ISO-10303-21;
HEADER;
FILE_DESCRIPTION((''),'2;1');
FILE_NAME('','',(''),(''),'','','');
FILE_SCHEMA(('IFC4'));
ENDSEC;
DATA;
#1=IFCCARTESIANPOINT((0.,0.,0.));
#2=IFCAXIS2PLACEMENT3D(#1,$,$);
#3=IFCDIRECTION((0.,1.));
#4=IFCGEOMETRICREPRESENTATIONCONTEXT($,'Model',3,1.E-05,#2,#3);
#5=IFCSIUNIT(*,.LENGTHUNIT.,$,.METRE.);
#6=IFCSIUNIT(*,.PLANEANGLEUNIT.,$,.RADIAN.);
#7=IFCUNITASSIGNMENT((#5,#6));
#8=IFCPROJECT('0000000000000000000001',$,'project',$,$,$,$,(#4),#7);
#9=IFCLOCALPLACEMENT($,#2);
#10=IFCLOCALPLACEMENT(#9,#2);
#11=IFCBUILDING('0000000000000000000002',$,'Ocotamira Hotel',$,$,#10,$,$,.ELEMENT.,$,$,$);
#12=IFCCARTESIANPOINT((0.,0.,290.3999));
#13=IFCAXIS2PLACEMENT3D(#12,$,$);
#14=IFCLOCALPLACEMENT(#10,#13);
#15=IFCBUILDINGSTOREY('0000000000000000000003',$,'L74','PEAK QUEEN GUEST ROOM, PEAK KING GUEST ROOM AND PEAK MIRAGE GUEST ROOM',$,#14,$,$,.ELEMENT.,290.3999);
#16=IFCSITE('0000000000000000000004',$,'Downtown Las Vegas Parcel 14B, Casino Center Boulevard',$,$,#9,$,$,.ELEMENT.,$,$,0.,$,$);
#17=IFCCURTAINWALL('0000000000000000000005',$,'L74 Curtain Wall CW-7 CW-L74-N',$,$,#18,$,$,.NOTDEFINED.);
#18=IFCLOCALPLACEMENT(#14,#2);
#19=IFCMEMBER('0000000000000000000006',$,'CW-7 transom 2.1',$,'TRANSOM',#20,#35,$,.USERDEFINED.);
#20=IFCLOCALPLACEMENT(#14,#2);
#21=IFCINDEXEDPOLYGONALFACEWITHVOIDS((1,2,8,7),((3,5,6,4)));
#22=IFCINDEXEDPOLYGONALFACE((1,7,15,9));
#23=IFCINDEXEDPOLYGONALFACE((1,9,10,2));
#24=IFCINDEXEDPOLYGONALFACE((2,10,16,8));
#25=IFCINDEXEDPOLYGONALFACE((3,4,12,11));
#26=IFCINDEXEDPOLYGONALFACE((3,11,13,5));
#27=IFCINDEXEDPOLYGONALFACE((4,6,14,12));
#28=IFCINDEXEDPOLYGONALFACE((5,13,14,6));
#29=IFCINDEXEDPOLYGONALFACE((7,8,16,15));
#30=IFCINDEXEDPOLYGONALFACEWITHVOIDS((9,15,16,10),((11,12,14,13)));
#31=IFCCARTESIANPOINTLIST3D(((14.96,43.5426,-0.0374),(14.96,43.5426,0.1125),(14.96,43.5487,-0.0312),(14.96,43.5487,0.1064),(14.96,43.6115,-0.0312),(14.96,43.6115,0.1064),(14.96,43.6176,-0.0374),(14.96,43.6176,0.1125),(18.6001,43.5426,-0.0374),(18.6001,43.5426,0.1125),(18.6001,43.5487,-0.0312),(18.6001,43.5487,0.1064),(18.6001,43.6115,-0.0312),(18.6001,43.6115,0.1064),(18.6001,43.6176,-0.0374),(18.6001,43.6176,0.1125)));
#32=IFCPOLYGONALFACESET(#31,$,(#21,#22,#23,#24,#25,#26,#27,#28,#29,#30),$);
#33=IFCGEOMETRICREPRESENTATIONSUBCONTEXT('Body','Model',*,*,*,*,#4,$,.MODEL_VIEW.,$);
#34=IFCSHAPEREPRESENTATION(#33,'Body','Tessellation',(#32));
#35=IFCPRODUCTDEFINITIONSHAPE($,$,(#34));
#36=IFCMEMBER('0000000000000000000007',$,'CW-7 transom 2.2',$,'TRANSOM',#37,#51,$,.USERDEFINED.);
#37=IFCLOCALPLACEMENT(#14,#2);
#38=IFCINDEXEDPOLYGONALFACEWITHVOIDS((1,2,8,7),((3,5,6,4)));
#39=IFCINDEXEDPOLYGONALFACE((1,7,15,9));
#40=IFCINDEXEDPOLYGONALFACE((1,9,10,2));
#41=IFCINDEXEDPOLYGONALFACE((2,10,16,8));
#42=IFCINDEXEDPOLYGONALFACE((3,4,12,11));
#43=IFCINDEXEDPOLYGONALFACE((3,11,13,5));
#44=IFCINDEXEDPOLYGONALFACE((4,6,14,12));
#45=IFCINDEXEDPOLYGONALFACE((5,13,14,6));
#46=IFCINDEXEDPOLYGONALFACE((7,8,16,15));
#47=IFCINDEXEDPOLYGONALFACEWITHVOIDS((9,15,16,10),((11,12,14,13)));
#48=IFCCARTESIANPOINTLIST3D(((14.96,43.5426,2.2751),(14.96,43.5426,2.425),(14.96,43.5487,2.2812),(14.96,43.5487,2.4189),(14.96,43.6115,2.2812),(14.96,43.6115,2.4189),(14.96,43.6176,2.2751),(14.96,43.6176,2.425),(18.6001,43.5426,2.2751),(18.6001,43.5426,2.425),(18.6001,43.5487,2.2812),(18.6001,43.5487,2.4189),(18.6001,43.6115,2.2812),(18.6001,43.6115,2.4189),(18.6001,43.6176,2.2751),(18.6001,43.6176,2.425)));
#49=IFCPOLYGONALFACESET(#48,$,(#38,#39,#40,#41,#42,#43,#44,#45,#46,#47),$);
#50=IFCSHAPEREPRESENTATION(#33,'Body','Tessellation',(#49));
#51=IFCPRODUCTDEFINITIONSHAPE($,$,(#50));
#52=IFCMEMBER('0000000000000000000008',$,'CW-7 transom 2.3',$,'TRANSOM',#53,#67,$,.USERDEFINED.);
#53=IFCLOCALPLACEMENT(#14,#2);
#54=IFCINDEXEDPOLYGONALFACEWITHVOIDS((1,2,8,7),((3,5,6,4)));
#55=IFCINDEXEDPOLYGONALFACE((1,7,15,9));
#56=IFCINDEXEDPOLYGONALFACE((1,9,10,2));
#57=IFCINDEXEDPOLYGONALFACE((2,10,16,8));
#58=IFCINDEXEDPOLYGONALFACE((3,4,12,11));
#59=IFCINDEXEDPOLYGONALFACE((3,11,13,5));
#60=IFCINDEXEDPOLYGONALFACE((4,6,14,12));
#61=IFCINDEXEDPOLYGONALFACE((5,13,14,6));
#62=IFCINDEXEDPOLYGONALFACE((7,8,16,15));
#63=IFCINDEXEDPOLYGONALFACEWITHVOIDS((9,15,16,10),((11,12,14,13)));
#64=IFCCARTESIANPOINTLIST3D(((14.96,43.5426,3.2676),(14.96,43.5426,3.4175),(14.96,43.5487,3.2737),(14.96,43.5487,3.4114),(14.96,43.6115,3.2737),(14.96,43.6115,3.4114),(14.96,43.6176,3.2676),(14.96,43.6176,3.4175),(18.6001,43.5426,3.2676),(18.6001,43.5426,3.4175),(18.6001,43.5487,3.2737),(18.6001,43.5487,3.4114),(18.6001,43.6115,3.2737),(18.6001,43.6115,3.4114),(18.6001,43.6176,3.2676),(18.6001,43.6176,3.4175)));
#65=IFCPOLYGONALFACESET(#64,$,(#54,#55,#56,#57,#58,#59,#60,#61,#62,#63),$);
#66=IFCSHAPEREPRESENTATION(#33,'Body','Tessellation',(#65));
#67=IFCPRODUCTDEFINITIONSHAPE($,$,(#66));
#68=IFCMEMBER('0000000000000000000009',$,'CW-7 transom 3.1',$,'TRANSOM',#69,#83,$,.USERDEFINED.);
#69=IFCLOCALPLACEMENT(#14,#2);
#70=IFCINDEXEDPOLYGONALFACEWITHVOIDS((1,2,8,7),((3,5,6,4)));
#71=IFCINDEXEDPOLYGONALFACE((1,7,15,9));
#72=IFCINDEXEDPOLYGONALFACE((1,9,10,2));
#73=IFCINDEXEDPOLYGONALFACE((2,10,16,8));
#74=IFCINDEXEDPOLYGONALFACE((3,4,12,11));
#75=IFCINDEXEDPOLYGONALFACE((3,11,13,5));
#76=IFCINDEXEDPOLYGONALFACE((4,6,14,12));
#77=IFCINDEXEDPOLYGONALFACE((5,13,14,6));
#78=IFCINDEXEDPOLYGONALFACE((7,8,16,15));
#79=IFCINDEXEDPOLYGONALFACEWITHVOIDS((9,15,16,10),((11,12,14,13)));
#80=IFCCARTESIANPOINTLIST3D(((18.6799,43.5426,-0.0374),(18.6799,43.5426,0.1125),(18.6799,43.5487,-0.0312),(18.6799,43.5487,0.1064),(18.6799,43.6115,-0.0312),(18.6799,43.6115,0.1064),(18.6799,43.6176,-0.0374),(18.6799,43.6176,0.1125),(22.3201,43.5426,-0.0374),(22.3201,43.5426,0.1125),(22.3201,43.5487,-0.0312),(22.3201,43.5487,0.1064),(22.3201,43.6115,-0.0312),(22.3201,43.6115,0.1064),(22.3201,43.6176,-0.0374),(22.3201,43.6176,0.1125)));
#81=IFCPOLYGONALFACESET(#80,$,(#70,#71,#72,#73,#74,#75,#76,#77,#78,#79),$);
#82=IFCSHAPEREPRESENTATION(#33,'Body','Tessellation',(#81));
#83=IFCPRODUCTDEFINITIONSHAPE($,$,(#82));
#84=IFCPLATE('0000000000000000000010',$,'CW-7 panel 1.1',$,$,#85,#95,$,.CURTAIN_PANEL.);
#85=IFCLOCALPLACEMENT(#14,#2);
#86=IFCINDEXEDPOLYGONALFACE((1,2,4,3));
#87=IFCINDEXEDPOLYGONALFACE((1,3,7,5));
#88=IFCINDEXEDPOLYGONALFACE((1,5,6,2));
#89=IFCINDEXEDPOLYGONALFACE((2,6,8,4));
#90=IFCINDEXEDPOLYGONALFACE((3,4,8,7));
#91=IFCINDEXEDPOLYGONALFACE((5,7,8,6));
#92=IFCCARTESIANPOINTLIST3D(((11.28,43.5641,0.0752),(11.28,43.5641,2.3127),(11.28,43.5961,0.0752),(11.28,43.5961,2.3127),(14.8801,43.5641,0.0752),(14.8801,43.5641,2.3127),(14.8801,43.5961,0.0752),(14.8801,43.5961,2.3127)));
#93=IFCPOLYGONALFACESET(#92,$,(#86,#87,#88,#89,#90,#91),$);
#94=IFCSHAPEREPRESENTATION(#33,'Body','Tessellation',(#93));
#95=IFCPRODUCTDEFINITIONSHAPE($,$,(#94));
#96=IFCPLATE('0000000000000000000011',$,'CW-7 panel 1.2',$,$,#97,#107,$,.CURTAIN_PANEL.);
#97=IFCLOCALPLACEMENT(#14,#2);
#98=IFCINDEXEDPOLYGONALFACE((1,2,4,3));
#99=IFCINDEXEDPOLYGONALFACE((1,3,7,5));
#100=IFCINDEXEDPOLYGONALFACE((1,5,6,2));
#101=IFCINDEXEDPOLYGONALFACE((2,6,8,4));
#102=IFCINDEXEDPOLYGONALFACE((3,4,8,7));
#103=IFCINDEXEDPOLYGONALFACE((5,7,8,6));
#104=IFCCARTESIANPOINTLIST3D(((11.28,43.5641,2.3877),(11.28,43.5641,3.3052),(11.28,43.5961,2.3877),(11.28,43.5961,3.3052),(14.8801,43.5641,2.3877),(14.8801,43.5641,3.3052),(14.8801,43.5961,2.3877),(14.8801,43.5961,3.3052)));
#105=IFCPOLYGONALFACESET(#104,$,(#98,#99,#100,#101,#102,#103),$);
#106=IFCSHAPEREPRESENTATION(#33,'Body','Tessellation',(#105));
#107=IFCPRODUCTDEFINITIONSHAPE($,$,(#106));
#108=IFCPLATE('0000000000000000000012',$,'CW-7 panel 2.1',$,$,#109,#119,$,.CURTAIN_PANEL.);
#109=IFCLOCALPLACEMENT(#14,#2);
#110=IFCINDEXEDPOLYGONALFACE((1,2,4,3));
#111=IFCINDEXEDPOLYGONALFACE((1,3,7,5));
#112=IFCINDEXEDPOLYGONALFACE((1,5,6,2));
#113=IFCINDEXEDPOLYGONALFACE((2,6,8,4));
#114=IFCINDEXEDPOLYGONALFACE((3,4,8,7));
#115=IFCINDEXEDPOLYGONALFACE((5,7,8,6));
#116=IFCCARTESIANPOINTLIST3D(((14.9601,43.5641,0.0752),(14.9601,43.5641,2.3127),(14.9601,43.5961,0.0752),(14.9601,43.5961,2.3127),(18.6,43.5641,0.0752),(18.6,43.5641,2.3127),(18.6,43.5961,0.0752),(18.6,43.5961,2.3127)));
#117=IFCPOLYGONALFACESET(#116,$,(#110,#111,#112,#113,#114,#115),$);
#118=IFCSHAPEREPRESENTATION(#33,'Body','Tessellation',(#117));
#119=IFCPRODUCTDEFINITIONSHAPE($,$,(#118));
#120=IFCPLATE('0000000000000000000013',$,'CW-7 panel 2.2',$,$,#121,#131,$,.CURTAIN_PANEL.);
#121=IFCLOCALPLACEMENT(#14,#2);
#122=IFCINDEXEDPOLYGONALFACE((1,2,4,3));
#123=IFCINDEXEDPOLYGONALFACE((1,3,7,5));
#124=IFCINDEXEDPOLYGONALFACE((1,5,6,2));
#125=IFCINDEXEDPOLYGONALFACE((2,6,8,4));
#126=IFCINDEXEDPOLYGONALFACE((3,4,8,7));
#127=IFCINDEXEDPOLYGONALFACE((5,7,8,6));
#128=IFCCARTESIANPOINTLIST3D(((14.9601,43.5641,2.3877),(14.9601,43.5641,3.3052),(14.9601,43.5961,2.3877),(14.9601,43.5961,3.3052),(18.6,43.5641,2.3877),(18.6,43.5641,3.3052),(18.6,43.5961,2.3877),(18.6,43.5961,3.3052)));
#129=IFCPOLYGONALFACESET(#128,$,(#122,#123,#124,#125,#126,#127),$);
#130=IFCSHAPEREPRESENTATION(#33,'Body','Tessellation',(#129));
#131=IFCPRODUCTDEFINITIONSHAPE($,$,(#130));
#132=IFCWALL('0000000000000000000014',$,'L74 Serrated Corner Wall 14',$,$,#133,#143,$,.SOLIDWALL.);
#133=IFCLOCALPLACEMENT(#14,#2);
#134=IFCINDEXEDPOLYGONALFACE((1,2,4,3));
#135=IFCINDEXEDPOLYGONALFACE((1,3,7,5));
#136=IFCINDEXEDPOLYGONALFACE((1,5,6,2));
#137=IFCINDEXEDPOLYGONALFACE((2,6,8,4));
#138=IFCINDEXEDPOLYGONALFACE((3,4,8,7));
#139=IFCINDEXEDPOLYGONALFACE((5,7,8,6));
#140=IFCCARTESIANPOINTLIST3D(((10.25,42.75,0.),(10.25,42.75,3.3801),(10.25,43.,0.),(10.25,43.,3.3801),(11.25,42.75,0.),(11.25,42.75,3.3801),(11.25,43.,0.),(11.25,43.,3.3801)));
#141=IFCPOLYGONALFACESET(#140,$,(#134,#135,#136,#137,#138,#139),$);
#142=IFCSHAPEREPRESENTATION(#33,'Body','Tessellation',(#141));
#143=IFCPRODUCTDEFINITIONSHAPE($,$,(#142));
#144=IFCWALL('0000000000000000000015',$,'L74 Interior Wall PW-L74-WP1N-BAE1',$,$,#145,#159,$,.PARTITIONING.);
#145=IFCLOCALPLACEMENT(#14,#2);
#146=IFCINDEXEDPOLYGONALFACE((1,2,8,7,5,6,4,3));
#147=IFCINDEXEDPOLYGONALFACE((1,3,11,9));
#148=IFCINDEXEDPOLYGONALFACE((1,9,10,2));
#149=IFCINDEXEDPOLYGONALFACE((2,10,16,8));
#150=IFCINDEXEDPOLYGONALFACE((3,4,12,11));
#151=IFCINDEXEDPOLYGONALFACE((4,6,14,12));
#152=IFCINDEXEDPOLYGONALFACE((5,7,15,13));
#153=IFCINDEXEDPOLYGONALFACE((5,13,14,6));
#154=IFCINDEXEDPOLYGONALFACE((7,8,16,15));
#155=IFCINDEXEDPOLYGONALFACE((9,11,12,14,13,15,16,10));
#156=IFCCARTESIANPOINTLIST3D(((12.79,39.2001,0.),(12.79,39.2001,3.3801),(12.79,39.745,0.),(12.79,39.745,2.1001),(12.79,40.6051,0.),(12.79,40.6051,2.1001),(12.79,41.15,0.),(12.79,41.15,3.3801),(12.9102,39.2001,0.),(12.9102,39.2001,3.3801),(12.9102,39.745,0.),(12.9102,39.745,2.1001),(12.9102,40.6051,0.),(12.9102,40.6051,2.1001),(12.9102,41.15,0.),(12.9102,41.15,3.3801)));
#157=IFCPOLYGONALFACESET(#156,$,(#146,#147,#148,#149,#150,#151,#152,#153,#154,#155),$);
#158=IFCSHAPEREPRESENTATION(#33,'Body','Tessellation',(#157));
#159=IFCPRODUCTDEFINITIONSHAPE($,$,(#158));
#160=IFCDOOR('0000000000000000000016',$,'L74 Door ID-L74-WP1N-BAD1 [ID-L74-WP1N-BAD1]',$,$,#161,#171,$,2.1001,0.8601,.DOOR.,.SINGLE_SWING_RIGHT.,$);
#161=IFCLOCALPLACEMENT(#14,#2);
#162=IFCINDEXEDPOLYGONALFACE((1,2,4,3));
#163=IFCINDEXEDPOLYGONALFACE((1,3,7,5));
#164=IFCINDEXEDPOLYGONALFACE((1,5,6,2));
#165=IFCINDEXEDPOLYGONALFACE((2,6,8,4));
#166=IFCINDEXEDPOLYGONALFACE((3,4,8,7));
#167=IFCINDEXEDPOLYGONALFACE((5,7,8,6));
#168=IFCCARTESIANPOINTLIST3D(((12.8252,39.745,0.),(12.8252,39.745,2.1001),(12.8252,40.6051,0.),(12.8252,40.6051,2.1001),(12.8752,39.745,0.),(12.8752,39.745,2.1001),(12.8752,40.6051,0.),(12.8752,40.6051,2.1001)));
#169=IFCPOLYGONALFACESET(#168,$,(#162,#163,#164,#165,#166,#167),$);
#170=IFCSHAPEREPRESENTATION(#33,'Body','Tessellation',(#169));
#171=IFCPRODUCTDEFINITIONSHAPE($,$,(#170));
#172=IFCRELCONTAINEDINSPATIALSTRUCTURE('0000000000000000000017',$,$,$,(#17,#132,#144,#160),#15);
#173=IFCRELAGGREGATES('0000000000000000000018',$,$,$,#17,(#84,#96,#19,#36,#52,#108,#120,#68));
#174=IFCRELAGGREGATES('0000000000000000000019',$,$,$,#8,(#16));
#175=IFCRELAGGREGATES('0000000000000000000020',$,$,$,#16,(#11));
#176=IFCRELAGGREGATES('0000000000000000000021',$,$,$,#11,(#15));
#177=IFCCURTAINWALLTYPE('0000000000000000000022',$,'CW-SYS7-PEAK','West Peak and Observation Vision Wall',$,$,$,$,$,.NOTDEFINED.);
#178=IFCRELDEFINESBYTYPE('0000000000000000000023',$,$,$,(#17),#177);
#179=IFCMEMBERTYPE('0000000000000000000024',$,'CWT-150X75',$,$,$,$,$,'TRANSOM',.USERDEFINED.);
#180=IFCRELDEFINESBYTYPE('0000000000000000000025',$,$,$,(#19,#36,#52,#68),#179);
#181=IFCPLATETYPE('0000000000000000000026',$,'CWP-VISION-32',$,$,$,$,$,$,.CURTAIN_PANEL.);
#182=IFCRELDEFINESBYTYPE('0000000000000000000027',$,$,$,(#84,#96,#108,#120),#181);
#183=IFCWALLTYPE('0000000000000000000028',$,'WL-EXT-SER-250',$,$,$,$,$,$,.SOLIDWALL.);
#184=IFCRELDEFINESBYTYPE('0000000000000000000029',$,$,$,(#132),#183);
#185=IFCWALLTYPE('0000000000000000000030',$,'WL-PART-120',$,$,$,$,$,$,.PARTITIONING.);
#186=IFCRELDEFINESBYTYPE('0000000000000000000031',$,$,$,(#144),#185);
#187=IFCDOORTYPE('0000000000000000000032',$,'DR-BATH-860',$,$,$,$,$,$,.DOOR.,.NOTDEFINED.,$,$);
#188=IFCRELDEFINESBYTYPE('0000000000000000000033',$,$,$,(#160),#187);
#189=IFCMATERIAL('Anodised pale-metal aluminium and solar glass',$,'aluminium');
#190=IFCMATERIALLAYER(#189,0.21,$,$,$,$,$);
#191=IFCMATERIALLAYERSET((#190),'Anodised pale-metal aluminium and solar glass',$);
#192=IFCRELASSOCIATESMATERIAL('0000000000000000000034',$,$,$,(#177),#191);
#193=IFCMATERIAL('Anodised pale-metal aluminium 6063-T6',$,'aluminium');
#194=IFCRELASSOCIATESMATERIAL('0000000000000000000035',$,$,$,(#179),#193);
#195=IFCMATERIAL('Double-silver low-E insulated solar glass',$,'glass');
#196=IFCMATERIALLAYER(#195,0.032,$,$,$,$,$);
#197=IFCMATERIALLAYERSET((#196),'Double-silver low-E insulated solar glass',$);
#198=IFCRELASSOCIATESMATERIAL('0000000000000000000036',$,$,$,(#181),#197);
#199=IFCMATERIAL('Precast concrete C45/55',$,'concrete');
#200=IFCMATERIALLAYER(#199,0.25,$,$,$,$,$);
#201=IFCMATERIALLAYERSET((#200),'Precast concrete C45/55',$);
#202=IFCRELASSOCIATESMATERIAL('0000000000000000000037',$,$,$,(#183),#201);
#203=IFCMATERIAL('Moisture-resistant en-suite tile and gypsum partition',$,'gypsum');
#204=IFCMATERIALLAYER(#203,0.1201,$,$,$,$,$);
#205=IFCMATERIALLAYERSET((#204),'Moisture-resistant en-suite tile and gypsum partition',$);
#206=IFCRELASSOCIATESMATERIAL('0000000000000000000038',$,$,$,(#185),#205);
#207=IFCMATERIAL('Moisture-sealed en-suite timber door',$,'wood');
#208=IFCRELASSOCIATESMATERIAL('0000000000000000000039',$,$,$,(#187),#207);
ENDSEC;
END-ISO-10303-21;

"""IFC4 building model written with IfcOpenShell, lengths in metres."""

from ifc_helpers import new_model, si_unit, direction, frame, frame_2d, origin, origin_2d, place, context, subcontext, project, spatial, rectangle, hollow_rectangle, extrude, source, transform, mapped, material, layer, layer_set, material_profile, profile_set, type_object, element, fill, aggregate, save


model = new_model("IFC4")

# Units and contexts
model_context = context("Model", 3, precision=1e-05, world=origin(), true_north=direction((0.0, 1.0)))
body_context = subcontext(model_context, "Body", "Model", "MODEL_VIEW")
ifc_project = project(units=[si_unit("LENGTHUNIT", "METRE"), si_unit("PLANEANGLEUNIT", "RADIAN")], contexts=[model_context])

# Site, building, storey
site_placement = place(None, origin())
site = spatial("IfcSite", under=ifc_project, at=site_placement, Name="Downtown Las Vegas Parcel 14B, Casino Center Boulevard", CompositionType="ELEMENT", RefElevation=0.0)
building_placement = place(site_placement, origin())
building = spatial("IfcBuilding", under=site, at=building_placement, Name="Ocotamira Hotel", CompositionType="ELEMENT")
storey_placement = place(building_placement, frame((0.0, 0.0, 290.3999)))
storey = spatial("IfcBuildingStorey", under=building, at=storey_placement, Name="L74", Description="PEAK QUEEN GUEST ROOM, PEAK KING GUEST ROOM AND PEAK MIRAGE GUEST ROOM", CompositionType="ELEMENT", Elevation=290.3999)

# Curtain wall, members, plates
ifc_material_1 = material(Name="Anodised pale-metal aluminium and solar glass", Category="aluminium")
ifc_layer_1 = layer(ifc_material_1, 0.21)
ifc_layer_set_1 = layer_set([ifc_layer_1], Name="Anodised pale-metal aluminium and solar glass")
curtain_wall_type = type_object("IfcCurtainWallType", Name="CW-SYS7-PEAK", Description="West Peak and Observation Vision Wall", PredefinedType="NOTDEFINED", material=ifc_layer_set_1)
curtain_wall_placement = place(storey_placement, origin())
curtain_wall = element("IfcCurtainWall", 1, at=curtain_wall_placement, inside=storey, type_object=curtain_wall_type, Name="L74 Curtain Wall CW-7 CW-L74-N", PredefinedType="NOTDEFINED")
ifc_material_2 = material(Name="Anodised pale-metal aluminium 6063-T6", Category="aluminium")
ifc_material_profile_1 = material_profile(ifc_material_2, hollow_rectangle(XDim=0.075, YDim=0.1499, WallThickness=0.0061, at=origin_2d()), Name="HSS150X75X6")
ifc_profile_set_1 = profile_set([ifc_material_profile_1], Name="Anodised pale-metal aluminium 6063-T6")
member_type_1 = type_object("IfcMemberType", Name="CWT-150X75", ElementType="TRANSOM", PredefinedType="USERDEFINED", material=ifc_profile_set_1)
shared_shape_1 = source(origin(), body_context, "Body", "SweptSolid", [
    extrude(hollow_rectangle(XDim=0.075, YDim=0.1499, WallThickness=0.0061, at=origin_2d()), origin(), (0.0, 0.0, 1.0), 3.6401),
])
member_1_placement = place(storey_placement, frame((14.96, 43.5801, 0.0376), z_axis=(1.0, 0.0, 0.0), x_axis=(0.0, 1.0, 0.0)))
member_1 = element("IfcMember", 2, at=member_1_placement, type_object=member_type_1, Name="CW-7 transom 2.1", ObjectType="TRANSOM", PredefinedType="USERDEFINED", context=body_context, shape_type="MappedRepresentation", body=[
    mapped(shared_shape_1, transform((0.0, 0.0, 0.0), scale=1.0)),
])
member_2_placement = place(storey_placement, frame((14.96, 43.5801, 2.3501), z_axis=(1.0, 0.0, 0.0), x_axis=(0.0, 1.0, 0.0)))
member_2 = element("IfcMember", 3, at=member_2_placement, type_object=member_type_1, Name="CW-7 transom 2.2", ObjectType="TRANSOM", PredefinedType="USERDEFINED", context=body_context, shape_type="MappedRepresentation", body=[
    mapped(shared_shape_1, transform((0.0, 0.0, 0.0), scale=1.0)),
])
member_3_placement = place(storey_placement, frame((14.96, 43.5801, 3.3425), z_axis=(1.0, 0.0, 0.0), x_axis=(0.0, 1.0, 0.0)))
member_3 = element("IfcMember", 4, at=member_3_placement, type_object=member_type_1, Name="CW-7 transom 2.3", ObjectType="TRANSOM", PredefinedType="USERDEFINED", context=body_context, shape_type="MappedRepresentation", body=[
    mapped(shared_shape_1, transform((0.0, 0.0, 0.0), scale=1.0)),
])
member_4_placement = place(storey_placement, frame((18.6799, 43.5801, 0.0376), z_axis=(1.0, 0.0, 0.0), x_axis=(0.0, 1.0, 0.0)))
member_4 = element("IfcMember", 5, at=member_4_placement, type_object=member_type_1, Name="CW-7 transom 3.1", ObjectType="TRANSOM", PredefinedType="USERDEFINED", context=body_context, shape_type="MappedRepresentation", body=[
    mapped(shared_shape_1, transform((0.0, 0.0, 0.0), scale=1.0)),
])
ifc_material_3 = material(Name="Double-silver low-E insulated solar glass", Category="glass")
ifc_layer_2 = layer(ifc_material_3, 0.032)
ifc_layer_set_2 = layer_set([ifc_layer_2], Name="Double-silver low-E insulated solar glass")
plate_type = type_object("IfcPlateType", Name="CWP-VISION-32", PredefinedType="CURTAIN_PANEL", material=ifc_layer_set_2)
shared_shape_2 = source(origin(), body_context, "Body", "SweptSolid", [
    extrude(rectangle(XDim=3.6001, YDim=0.032, at=origin_2d()), origin(), (0.0, 0.0, 1.0), 2.2375),
])
plate_1_placement = place(storey_placement, frame((13.0801, 43.5801, 0.0752), z_axis=(0.0, 0.0, 1.0), x_axis=(1.0, 0.0, 0.0)))
plate_1 = element("IfcPlate", 6, at=plate_1_placement, type_object=plate_type, Name="CW-7 panel 1.1", PredefinedType="CURTAIN_PANEL", context=body_context, shape_type="MappedRepresentation", body=[
    mapped(shared_shape_2, transform((0.0, 0.0, 0.0), scale=1.0)),
])
shared_shape_3 = source(origin(), body_context, "Body", "SweptSolid", [
    extrude(rectangle(XDim=3.6001, YDim=0.032, at=origin_2d()), origin(), (0.0, 0.0, 1.0), 0.9175),
])
plate_2_placement = place(storey_placement, frame((13.0801, 43.5801, 2.3877), z_axis=(0.0, 0.0, 1.0), x_axis=(1.0, 0.0, 0.0)))
plate_2 = element("IfcPlate", 7, at=plate_2_placement, type_object=plate_type, Name="CW-7 panel 1.2", PredefinedType="CURTAIN_PANEL", context=body_context, shape_type="MappedRepresentation", body=[
    mapped(shared_shape_3, transform((0.0, 0.0, 0.0), scale=1.0)),
])
shared_shape_4 = source(origin(), body_context, "Body", "SweptSolid", [
    extrude(rectangle(XDim=3.6399, YDim=0.032, at=origin_2d()), origin(), (0.0, 0.0, 1.0), 2.2375),
])
plate_3_placement = place(storey_placement, frame((16.78, 43.5801, 0.0752), z_axis=(0.0, 0.0, 1.0), x_axis=(1.0, 0.0, 0.0)))
plate_3 = element("IfcPlate", 8, at=plate_3_placement, type_object=plate_type, Name="CW-7 panel 2.1", PredefinedType="CURTAIN_PANEL", context=body_context, shape_type="MappedRepresentation", body=[
    mapped(shared_shape_4, transform((0.0, 0.0, 0.0), scale=1.0)),
])
shared_shape_5 = source(origin(), body_context, "Body", "SweptSolid", [
    extrude(rectangle(XDim=3.6399, YDim=0.032, at=origin_2d()), origin(), (0.0, 0.0, 1.0), 0.9175),
])
plate_4_placement = place(storey_placement, frame((16.78, 43.5801, 2.3877), z_axis=(0.0, 0.0, 1.0), x_axis=(1.0, 0.0, 0.0)))
plate_4 = element("IfcPlate", 9, at=plate_4_placement, type_object=plate_type, Name="CW-7 panel 2.2", PredefinedType="CURTAIN_PANEL", context=body_context, shape_type="MappedRepresentation", body=[
    mapped(shared_shape_5, transform((0.0, 0.0, 0.0), scale=1.0)),
])
aggregate(curtain_wall, [plate_1, plate_2, member_1, member_2, member_3, plate_3, plate_4, member_4])

# Wall
ifc_material_4 = material(Name="Precast concrete C45/55", Category="concrete")
ifc_layer_3 = layer(ifc_material_4, 0.25)
ifc_layer_set_3 = layer_set([ifc_layer_3], Name="Precast concrete C45/55")
wall_type_1 = type_object("IfcWallType", Name="WL-EXT-SER-250", PredefinedType="SOLIDWALL", material=ifc_layer_set_3)
wall_1_placement = place(storey_placement, frame((11.25, 42.875, 0.0), z_axis=(0.0, 0.0, 1.0), x_axis=(-1.0, 0.0, 0.0)))
element("IfcWall", 10, at=wall_1_placement, inside=storey, type_object=wall_type_1, Name="L74 Serrated Corner Wall 14", PredefinedType="SOLIDWALL", context=body_context, shape_type="SweptSolid", body=[
    extrude(rectangle(XDim=1.0, YDim=0.25, at=frame_2d((0.5, 0.0))), origin(), (0.0, 0.0, 1.0), 3.3801),
])

# Wall, opening, door
ifc_material_5 = material(Name="Moisture-resistant en-suite tile and gypsum partition", Category="gypsum")
ifc_layer_4 = layer(ifc_material_5, 0.1201)
ifc_layer_set_4 = layer_set([ifc_layer_4], Name="Moisture-resistant en-suite tile and gypsum partition")
wall_type_2 = type_object("IfcWallType", Name="WL-PART-120", PredefinedType="PARTITIONING", material=ifc_layer_set_4)
wall_2_placement = place(storey_placement, frame((12.8501, 39.2, 0.0), z_axis=(0.0, 0.0, 1.0), x_axis=(0.0, 1.0, 0.0)))
wall_2 = element("IfcWall", 11, at=wall_2_placement, inside=storey, type_object=wall_type_2, Name="L74 Interior Wall PW-L74-WP1N-BAE1", PredefinedType="PARTITIONING", context=body_context, shape_type="SweptSolid", body=[
    extrude(rectangle(XDim=1.95, YDim=0.1201, at=frame_2d((0.9751, 0.0))), origin(), (0.0, 0.0, 1.0), 3.3801),
])
opening_placement = place(wall_2_placement, frame((0.5449, 0.0, 0.0)))
opening = element("IfcOpeningElement", 12, at=opening_placement, cuts=wall_2, PredefinedType="OPENING", context=body_context, shape_type="SweptSolid", body=[
    extrude(rectangle(XDim=0.8601, YDim=2.1001, at=frame_2d((0.4302, 1.05))), frame((0.0, 0.0701, 0.0), z_axis=(0.0, -1.0, 0.0), x_axis=(1.0, 0.0, 0.0)), (0.0, 0.0, 1.0), 0.1401),
])
ifc_material_6 = material(Name="Moisture-sealed en-suite timber door", Category="wood")
door_type = type_object("IfcDoorType", Name="DR-BATH-860", OperationType="NOTDEFINED", PredefinedType="DOOR", material=ifc_material_6)
shared_shape_6 = source(origin(), body_context, "Body", "SweptSolid", [
    extrude(rectangle(XDim=0.8601, YDim=2.1001, at=frame_2d((0.4302, 1.05))), frame((0.0, 0.0249, 0.0), z_axis=(0.0, -1.0, 0.0), x_axis=(1.0, 0.0, 0.0)), (0.0, 0.0, 1.0), 0.05),
])
door_placement = place(opening_placement, origin())
door = element("IfcDoor", 13, at=door_placement, inside=storey, type_object=door_type, Name="L74 Door ID-L74-WP1N-BAD1 [ID-L74-WP1N-BAD1]", OperationType="SINGLE_SWING_RIGHT", OverallHeight=2.1001, OverallWidth=0.8601, PredefinedType="DOOR", context=body_context, shape_type="MappedRepresentation", body=[
    mapped(shared_shape_6, transform((0.0, 0.0, 0.0), scale=1.0)),
])
fill(opening, door)

save(model, "model.ifc")
